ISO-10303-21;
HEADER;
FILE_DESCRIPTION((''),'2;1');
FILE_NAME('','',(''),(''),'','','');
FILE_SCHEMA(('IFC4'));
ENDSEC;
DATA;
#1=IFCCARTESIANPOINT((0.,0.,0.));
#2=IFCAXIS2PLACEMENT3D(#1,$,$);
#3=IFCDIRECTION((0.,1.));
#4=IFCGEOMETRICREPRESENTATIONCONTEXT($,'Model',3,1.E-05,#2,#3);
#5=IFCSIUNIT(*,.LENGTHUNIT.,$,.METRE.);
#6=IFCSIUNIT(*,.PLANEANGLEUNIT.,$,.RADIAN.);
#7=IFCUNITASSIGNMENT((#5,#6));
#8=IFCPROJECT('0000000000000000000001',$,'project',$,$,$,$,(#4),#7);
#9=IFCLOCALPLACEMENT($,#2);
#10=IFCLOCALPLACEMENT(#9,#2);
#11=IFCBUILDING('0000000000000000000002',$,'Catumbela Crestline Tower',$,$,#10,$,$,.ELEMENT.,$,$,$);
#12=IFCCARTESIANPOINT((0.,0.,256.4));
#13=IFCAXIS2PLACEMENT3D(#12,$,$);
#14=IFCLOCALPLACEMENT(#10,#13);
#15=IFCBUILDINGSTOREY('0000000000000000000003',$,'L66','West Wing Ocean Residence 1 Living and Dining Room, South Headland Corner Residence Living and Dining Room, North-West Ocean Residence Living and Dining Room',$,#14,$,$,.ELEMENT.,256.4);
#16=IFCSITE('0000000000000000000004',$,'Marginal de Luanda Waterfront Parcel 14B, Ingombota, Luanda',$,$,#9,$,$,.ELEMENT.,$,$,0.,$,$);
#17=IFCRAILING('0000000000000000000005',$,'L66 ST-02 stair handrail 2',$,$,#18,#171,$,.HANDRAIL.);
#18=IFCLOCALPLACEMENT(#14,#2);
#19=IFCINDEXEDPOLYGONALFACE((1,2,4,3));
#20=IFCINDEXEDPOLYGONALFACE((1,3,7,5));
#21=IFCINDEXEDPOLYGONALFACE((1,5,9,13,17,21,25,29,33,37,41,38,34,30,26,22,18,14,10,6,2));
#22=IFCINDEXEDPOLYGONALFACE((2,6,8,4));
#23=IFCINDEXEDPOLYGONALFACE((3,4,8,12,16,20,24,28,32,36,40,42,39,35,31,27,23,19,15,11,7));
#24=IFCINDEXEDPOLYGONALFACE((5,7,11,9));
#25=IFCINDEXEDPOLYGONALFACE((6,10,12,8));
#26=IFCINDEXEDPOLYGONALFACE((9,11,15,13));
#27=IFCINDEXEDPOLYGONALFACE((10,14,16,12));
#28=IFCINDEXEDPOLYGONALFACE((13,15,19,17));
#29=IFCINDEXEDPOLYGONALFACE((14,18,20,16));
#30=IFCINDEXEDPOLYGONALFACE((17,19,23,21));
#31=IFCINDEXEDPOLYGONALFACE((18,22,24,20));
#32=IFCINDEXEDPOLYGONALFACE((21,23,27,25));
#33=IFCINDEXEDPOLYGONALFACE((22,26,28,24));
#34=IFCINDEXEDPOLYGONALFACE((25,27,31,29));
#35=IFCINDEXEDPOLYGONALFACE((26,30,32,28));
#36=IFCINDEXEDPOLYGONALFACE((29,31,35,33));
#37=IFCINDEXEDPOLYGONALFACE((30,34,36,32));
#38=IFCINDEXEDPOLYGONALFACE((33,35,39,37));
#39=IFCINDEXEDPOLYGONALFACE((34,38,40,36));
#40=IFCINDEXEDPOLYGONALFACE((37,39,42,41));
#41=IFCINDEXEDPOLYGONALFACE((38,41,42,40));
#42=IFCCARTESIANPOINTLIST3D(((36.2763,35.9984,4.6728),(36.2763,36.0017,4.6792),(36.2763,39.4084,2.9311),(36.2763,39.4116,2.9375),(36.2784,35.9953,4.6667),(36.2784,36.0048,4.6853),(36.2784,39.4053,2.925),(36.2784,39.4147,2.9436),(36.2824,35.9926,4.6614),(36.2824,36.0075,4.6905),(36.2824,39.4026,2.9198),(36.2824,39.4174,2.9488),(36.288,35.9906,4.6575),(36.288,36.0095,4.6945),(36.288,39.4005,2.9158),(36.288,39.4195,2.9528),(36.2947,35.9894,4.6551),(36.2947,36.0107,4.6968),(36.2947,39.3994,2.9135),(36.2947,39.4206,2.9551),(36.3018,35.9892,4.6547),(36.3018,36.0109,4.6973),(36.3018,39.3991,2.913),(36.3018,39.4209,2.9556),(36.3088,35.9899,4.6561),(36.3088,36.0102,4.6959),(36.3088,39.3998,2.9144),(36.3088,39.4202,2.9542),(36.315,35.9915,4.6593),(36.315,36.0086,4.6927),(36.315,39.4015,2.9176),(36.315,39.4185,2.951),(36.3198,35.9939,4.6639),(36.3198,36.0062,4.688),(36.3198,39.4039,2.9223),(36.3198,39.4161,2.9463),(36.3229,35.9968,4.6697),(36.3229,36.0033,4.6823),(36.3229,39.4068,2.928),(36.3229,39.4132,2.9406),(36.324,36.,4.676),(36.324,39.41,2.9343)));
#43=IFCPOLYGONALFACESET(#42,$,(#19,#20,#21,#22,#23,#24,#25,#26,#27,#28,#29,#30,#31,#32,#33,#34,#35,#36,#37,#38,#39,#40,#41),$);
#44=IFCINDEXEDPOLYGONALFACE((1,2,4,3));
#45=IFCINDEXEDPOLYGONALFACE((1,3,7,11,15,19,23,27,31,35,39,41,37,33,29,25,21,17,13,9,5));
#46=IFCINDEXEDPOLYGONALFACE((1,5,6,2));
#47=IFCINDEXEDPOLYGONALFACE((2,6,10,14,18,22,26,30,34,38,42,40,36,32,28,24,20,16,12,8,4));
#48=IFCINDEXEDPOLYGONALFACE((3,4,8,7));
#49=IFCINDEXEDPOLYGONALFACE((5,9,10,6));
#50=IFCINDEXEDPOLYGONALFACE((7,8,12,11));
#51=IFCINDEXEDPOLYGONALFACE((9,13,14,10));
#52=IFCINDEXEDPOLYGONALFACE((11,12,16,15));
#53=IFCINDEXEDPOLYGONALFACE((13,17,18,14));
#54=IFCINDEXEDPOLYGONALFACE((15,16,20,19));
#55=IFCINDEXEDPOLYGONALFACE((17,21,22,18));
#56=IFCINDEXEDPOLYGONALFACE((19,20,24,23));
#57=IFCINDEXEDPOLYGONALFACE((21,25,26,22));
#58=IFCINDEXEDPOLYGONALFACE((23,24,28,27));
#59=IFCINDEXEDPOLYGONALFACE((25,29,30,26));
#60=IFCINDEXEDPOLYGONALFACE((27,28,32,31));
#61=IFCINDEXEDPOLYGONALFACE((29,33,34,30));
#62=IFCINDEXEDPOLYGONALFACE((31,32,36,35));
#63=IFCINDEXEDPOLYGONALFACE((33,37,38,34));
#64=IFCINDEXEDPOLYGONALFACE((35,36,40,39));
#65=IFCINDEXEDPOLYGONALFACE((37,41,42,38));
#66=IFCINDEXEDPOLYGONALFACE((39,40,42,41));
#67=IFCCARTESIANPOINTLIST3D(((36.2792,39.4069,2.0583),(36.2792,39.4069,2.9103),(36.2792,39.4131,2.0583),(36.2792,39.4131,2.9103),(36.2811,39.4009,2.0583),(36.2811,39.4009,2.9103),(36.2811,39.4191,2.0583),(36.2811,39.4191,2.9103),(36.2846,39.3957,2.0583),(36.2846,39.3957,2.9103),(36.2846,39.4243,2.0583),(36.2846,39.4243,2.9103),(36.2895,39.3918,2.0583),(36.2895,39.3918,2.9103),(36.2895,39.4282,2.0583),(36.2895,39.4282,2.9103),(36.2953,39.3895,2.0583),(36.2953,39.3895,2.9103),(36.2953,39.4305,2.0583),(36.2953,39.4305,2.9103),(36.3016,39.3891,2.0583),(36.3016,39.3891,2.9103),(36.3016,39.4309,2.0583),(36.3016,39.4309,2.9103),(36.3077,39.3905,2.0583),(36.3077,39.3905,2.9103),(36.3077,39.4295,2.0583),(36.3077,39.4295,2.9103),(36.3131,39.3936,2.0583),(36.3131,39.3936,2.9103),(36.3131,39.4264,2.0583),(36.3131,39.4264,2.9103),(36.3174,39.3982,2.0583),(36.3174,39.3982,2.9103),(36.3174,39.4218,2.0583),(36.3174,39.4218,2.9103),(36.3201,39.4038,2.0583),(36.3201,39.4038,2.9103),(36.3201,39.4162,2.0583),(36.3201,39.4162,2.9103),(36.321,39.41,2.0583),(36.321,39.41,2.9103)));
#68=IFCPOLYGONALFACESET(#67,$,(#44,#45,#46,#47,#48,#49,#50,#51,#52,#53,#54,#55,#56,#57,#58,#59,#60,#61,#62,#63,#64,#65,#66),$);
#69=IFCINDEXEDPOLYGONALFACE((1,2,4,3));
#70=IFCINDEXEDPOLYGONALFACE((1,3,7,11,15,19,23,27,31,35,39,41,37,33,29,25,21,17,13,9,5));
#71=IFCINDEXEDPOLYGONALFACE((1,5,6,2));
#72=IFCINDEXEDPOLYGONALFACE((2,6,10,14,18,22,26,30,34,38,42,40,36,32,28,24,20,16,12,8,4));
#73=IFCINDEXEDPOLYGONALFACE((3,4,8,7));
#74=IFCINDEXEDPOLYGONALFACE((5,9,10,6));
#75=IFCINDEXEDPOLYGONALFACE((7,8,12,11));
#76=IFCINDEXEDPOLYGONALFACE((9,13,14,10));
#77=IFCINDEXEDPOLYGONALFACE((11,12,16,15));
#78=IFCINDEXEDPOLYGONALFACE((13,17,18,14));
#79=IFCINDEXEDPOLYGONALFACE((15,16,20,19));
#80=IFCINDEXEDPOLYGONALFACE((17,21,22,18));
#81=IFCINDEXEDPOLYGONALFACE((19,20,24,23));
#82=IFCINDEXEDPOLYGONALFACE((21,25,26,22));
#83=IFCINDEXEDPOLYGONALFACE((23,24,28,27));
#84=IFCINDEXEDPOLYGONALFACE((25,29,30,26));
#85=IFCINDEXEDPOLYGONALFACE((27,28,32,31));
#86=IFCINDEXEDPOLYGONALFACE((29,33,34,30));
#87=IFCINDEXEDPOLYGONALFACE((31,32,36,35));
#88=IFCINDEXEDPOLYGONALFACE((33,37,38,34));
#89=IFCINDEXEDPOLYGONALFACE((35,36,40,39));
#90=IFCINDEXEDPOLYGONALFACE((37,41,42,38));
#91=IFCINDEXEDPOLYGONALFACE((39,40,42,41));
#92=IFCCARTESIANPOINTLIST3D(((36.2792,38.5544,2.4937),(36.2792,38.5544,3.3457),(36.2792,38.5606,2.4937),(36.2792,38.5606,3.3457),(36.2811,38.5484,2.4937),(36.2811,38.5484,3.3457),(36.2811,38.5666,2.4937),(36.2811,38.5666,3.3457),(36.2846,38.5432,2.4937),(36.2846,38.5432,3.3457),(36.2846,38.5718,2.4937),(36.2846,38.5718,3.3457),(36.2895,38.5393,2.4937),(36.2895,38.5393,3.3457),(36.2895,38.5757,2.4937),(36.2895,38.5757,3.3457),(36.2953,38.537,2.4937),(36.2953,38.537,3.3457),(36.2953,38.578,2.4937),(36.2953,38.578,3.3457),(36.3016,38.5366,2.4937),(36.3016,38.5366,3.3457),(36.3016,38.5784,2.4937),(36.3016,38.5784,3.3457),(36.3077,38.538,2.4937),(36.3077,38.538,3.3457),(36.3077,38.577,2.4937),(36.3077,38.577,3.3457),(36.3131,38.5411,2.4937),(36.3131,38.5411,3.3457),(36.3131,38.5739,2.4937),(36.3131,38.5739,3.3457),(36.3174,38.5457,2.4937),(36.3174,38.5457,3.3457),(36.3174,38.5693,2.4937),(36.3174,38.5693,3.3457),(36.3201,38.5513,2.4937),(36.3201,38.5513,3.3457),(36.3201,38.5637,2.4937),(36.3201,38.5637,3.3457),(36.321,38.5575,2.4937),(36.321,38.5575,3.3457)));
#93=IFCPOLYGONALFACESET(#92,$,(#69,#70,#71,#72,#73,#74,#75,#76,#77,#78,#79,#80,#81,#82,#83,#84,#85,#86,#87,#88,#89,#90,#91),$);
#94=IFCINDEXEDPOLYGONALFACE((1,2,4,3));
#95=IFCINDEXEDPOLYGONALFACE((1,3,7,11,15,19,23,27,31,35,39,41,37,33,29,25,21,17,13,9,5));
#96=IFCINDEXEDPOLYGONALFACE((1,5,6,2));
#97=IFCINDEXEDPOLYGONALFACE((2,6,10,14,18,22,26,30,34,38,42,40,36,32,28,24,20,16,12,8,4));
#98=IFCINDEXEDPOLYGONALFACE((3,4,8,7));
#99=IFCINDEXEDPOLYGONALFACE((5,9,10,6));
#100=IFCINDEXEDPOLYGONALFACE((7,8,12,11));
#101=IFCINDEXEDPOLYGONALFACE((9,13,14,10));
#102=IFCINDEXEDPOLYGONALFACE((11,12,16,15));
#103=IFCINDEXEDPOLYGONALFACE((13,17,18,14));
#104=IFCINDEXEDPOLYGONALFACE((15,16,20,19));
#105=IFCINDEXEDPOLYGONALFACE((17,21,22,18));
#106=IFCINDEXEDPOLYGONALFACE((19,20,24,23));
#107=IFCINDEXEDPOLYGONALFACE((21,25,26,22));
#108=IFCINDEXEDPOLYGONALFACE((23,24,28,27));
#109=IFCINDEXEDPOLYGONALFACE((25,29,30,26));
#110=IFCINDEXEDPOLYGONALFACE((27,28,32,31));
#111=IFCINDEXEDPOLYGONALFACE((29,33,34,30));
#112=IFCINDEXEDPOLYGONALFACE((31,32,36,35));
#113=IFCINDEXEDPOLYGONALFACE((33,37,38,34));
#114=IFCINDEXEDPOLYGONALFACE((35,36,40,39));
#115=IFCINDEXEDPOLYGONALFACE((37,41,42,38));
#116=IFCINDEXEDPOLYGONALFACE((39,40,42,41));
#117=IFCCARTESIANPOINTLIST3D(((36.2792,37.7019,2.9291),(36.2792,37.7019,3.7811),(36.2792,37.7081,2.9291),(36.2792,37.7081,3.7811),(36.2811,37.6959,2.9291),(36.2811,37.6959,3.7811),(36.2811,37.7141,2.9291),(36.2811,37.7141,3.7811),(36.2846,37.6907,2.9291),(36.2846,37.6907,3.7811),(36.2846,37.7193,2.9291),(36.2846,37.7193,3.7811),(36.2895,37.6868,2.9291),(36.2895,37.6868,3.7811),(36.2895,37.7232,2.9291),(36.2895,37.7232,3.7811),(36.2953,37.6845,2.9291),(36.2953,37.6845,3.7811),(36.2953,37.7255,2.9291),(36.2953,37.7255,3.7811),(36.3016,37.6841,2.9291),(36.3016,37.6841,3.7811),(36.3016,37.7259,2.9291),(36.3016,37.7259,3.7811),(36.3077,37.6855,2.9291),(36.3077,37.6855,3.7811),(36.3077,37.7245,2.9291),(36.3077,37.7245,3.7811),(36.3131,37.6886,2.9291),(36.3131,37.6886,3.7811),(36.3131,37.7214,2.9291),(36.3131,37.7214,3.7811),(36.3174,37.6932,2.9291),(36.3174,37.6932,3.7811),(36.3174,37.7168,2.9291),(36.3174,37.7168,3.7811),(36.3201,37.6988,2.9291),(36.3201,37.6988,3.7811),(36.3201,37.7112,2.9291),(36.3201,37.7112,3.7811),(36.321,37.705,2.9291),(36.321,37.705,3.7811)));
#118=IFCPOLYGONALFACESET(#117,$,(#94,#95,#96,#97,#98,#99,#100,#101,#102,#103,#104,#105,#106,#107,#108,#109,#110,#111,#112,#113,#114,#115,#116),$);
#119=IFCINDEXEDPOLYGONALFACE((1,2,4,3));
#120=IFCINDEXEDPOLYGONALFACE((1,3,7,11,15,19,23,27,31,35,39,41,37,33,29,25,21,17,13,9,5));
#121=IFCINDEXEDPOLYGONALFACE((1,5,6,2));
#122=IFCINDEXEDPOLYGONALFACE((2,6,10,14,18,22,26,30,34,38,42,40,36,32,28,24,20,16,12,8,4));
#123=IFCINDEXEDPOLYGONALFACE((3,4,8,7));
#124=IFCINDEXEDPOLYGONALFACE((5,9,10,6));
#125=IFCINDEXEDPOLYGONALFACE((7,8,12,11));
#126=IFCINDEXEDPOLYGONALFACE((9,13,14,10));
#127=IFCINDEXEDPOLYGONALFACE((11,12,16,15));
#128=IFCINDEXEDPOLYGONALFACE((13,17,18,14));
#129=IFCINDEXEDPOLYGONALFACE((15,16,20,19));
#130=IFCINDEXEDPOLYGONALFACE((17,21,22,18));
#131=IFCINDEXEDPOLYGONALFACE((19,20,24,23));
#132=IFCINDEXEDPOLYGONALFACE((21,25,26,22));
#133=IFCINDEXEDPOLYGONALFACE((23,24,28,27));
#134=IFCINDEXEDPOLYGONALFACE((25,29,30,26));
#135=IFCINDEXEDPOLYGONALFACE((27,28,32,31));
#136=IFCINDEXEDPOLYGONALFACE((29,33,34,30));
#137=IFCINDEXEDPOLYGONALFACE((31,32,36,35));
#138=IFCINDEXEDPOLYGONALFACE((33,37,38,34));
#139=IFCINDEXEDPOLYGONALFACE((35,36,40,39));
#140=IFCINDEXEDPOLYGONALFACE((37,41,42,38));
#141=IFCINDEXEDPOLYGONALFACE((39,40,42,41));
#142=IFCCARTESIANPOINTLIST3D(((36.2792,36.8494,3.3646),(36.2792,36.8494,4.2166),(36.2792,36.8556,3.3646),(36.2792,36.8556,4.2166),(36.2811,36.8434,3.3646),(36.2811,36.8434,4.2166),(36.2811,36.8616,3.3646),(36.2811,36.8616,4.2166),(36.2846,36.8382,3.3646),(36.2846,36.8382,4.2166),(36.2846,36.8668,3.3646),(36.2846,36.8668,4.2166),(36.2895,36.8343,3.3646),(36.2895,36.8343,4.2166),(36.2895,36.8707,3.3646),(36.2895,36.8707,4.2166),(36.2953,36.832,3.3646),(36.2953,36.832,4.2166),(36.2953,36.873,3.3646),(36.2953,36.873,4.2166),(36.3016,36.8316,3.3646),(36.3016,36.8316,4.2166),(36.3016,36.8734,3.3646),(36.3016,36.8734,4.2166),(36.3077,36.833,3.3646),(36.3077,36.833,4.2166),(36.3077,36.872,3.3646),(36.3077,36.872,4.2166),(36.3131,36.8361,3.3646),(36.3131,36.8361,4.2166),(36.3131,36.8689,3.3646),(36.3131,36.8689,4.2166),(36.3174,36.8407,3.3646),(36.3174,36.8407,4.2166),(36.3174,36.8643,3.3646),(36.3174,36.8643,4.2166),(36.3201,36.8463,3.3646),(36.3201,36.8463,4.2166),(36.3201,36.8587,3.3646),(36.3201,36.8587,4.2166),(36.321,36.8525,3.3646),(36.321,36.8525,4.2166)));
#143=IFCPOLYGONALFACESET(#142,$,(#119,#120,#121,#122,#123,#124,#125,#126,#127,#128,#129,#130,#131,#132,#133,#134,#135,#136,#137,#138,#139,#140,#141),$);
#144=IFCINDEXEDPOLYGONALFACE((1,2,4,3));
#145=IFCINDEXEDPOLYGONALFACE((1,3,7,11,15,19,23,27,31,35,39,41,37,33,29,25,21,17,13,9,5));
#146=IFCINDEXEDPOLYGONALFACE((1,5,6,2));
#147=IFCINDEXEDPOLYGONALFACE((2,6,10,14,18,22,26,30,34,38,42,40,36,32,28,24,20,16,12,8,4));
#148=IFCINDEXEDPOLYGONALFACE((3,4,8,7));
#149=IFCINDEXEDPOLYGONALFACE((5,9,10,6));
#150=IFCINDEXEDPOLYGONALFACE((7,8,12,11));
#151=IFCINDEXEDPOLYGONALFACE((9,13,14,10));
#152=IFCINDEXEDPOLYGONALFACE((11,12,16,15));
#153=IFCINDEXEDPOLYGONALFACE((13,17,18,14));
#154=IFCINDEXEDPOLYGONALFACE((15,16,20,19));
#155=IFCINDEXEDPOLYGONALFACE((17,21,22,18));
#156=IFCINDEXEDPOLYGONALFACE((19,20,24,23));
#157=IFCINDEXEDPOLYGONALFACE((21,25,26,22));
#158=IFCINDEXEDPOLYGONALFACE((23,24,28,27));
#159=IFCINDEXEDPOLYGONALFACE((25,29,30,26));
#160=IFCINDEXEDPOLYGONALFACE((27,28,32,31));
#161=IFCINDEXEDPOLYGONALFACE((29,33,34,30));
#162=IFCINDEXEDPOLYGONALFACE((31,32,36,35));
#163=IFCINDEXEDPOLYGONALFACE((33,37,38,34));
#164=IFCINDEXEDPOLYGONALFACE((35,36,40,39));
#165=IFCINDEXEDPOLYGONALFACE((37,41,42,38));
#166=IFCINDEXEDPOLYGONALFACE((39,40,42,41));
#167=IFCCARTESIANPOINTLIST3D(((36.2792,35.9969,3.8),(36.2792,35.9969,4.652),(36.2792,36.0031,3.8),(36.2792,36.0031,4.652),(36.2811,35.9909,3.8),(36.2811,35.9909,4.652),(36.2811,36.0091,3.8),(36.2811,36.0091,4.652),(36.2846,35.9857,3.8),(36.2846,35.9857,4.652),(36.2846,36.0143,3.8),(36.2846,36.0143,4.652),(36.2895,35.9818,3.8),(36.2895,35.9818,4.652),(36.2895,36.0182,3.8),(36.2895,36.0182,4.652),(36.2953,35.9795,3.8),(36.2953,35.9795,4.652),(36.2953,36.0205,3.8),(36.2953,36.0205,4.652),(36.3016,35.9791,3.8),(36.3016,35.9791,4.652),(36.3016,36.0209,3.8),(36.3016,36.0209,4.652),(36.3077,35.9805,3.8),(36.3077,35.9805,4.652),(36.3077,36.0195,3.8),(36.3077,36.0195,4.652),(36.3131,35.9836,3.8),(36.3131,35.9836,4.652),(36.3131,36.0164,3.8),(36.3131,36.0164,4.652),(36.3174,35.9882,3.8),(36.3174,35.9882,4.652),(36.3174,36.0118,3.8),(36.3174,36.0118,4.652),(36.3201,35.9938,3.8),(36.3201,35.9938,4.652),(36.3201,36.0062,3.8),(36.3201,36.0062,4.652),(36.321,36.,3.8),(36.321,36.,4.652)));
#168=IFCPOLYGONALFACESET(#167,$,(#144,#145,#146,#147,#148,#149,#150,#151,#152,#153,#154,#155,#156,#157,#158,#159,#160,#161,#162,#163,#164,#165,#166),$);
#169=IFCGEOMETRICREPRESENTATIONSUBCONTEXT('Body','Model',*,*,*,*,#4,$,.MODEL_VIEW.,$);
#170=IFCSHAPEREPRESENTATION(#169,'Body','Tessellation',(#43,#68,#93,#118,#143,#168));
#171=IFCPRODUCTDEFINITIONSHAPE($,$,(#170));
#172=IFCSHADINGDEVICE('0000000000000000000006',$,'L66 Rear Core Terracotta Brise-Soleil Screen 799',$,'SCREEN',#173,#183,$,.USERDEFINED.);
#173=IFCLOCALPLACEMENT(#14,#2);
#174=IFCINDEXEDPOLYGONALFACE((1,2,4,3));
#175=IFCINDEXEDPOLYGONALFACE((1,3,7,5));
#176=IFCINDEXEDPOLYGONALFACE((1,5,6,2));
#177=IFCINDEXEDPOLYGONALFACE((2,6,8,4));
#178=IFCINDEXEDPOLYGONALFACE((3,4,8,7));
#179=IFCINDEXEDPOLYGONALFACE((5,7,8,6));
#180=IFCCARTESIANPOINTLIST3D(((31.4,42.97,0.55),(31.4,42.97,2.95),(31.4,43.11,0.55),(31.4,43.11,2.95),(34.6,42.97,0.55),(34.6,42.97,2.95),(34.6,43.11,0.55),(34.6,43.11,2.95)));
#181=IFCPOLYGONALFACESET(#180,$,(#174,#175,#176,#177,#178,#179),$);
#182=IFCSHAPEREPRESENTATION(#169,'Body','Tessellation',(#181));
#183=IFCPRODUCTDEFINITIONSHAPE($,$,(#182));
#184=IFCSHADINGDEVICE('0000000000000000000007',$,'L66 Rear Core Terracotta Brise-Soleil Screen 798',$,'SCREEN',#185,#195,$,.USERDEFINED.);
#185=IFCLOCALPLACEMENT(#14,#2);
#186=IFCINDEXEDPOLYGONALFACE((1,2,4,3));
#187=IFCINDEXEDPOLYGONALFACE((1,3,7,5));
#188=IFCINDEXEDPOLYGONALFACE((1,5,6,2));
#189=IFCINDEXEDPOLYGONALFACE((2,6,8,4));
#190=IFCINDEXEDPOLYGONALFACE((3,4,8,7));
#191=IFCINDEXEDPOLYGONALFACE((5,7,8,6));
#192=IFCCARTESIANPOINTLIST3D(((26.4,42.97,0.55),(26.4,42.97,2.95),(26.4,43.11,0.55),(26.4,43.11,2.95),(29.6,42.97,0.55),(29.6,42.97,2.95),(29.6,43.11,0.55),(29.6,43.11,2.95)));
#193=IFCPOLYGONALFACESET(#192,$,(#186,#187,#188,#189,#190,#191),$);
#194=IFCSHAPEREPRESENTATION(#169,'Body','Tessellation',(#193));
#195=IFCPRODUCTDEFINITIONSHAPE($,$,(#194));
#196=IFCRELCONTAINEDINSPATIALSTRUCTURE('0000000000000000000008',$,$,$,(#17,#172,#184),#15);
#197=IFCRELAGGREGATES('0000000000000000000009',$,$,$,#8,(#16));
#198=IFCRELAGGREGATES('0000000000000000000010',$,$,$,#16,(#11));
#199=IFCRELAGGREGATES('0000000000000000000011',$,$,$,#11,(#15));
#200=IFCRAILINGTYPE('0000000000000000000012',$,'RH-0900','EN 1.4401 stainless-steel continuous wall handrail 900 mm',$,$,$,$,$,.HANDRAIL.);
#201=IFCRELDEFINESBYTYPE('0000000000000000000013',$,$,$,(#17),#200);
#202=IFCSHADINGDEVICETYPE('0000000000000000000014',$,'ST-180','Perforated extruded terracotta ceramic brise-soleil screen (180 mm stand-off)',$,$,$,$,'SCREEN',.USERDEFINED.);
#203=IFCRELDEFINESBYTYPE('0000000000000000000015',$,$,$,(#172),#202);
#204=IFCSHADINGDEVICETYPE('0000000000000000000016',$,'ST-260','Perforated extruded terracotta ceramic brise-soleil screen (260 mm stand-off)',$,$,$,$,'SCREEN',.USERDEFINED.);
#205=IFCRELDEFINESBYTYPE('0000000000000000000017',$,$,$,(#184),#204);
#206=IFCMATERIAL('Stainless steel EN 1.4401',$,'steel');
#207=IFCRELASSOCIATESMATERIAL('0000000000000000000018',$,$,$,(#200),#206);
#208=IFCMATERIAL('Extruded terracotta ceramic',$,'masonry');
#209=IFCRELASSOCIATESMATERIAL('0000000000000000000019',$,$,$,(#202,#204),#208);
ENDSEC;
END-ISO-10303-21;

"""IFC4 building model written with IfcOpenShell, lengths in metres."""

from ifc_helpers import new_model, si_unit, direction, frame, origin, origin_2d, place, context, subcontext, project, spatial, rectangle, circle, extrude, material, type_object, element, save


model = new_model("IFC4")

# Units and contexts
model_context = context("Model", 3, precision=1e-05, world=origin(), true_north=direction((0.0, 1.0)))
body_context = subcontext(model_context, "Body", "Model", "MODEL_VIEW")
ifc_project = project(units=[si_unit("LENGTHUNIT", "METRE"), si_unit("PLANEANGLEUNIT", "RADIAN")], contexts=[model_context])

# Site, building, storey
site_placement = place(None, origin())
site = spatial("IfcSite", under=ifc_project, at=site_placement, Name="Marginal de Luanda Waterfront Parcel 14B, Ingombota, Luanda", CompositionType="ELEMENT", RefElevation=0.0)
building_placement = place(site_placement, origin())
building = spatial("IfcBuilding", under=site, at=building_placement, Name="Catumbela Crestline Tower", CompositionType="ELEMENT")
storey_placement = place(building_placement, frame((0.0, 0.0, 256.4)))
storey = spatial("IfcBuildingStorey", under=building, at=storey_placement, Name="L66", Description="West Wing Ocean Residence 1 Living and Dining Room, South Headland Corner Residence Living and Dining Room, North-West Ocean Residence Living and Dining Room", CompositionType="ELEMENT", Elevation=256.4)

# Shared definitions
ifc_material_1 = material(Name="Stainless steel EN 1.4401", Category="steel")

# Railing
railing_type = type_object("IfcRailingType", Name="RH-0900", Description="EN 1.4401 stainless-steel continuous wall handrail 900 mm", PredefinedType="HANDRAIL", material=ifc_material_1)
railing_placement = place(storey_placement, frame((36.3, 39.41, 2.0583)))
element("IfcRailing", 1, at=railing_placement, inside=storey, type_object=railing_type, Name="L66 ST-02 stair handrail 2", PredefinedType="HANDRAIL", context=body_context, shape_type="SweptSolid", body=[
    extrude(circle(Radius=0.024, at=origin_2d()), frame((0.0, 0.0, 0.876), z_axis=(0.0, -0.89056, 0.454865), x_axis=(1.0, 0.0, 0.0)), (0.0, 0.0, 1.0), 3.829),
    extrude(circle(Radius=0.021, at=origin_2d()), origin(), (0.0, 0.0, 1.0), 0.852),
    extrude(circle(Radius=0.021, at=origin_2d()), frame((0.0, -0.8525, 0.4354)), (0.0, 0.0, 1.0), 0.852),
    extrude(circle(Radius=0.021, at=origin_2d()), frame((0.0, -1.705, 0.8708)), (0.0, 0.0, 1.0), 0.852),
    extrude(circle(Radius=0.021, at=origin_2d()), frame((0.0, -2.5575, 1.3063)), (0.0, 0.0, 1.0), 0.852),
    extrude(circle(Radius=0.021, at=origin_2d()), frame((0.0, -3.41, 1.7417)), (0.0, 0.0, 1.0), 0.852),
])

# Shading devices
ifc_material_2 = material(Name="Extruded terracotta ceramic", Category="masonry")
shading_device_type_1 = type_object("IfcShadingDeviceType", Name="ST-180", Description="Perforated extruded terracotta ceramic brise-soleil screen (180 mm stand-off)", ElementType="SCREEN", PredefinedType="USERDEFINED", material=ifc_material_2)
shading_device_1_placement = place(storey_placement, frame((33.0, 43.04, 0.55), z_axis=(0.0, 0.0, 1.0), x_axis=(1.0, 0.0, 0.0)))
element("IfcShadingDevice", 2, at=shading_device_1_placement, inside=storey, type_object=shading_device_type_1, Name="L66 Rear Core Terracotta Brise-Soleil Screen 799", ObjectType="SCREEN", PredefinedType="USERDEFINED", context=body_context, shape_type="SweptSolid", body=[
    extrude(rectangle(XDim=3.2, YDim=0.14, at=origin_2d()), origin(), (0.0, 0.0, 1.0), 2.4),
])
shading_device_type_2 = type_object("IfcShadingDeviceType", Name="ST-260", Description="Perforated extruded terracotta ceramic brise-soleil screen (260 mm stand-off)", ElementType="SCREEN", PredefinedType="USERDEFINED", material=ifc_material_2)
shading_device_2_placement = place(storey_placement, frame((28.0, 43.04, 0.55), z_axis=(0.0, 0.0, 1.0), x_axis=(1.0, 0.0, 0.0)))
element("IfcShadingDevice", 3, at=shading_device_2_placement, inside=storey, type_object=shading_device_type_2, Name="L66 Rear Core Terracotta Brise-Soleil Screen 798", ObjectType="SCREEN", PredefinedType="USERDEFINED", context=body_context, shape_type="SweptSolid", body=[
    extrude(rectangle(XDim=3.2, YDim=0.14, at=origin_2d()), origin(), (0.0, 0.0, 1.0), 2.4),
])

save(model, "model.ifc")
